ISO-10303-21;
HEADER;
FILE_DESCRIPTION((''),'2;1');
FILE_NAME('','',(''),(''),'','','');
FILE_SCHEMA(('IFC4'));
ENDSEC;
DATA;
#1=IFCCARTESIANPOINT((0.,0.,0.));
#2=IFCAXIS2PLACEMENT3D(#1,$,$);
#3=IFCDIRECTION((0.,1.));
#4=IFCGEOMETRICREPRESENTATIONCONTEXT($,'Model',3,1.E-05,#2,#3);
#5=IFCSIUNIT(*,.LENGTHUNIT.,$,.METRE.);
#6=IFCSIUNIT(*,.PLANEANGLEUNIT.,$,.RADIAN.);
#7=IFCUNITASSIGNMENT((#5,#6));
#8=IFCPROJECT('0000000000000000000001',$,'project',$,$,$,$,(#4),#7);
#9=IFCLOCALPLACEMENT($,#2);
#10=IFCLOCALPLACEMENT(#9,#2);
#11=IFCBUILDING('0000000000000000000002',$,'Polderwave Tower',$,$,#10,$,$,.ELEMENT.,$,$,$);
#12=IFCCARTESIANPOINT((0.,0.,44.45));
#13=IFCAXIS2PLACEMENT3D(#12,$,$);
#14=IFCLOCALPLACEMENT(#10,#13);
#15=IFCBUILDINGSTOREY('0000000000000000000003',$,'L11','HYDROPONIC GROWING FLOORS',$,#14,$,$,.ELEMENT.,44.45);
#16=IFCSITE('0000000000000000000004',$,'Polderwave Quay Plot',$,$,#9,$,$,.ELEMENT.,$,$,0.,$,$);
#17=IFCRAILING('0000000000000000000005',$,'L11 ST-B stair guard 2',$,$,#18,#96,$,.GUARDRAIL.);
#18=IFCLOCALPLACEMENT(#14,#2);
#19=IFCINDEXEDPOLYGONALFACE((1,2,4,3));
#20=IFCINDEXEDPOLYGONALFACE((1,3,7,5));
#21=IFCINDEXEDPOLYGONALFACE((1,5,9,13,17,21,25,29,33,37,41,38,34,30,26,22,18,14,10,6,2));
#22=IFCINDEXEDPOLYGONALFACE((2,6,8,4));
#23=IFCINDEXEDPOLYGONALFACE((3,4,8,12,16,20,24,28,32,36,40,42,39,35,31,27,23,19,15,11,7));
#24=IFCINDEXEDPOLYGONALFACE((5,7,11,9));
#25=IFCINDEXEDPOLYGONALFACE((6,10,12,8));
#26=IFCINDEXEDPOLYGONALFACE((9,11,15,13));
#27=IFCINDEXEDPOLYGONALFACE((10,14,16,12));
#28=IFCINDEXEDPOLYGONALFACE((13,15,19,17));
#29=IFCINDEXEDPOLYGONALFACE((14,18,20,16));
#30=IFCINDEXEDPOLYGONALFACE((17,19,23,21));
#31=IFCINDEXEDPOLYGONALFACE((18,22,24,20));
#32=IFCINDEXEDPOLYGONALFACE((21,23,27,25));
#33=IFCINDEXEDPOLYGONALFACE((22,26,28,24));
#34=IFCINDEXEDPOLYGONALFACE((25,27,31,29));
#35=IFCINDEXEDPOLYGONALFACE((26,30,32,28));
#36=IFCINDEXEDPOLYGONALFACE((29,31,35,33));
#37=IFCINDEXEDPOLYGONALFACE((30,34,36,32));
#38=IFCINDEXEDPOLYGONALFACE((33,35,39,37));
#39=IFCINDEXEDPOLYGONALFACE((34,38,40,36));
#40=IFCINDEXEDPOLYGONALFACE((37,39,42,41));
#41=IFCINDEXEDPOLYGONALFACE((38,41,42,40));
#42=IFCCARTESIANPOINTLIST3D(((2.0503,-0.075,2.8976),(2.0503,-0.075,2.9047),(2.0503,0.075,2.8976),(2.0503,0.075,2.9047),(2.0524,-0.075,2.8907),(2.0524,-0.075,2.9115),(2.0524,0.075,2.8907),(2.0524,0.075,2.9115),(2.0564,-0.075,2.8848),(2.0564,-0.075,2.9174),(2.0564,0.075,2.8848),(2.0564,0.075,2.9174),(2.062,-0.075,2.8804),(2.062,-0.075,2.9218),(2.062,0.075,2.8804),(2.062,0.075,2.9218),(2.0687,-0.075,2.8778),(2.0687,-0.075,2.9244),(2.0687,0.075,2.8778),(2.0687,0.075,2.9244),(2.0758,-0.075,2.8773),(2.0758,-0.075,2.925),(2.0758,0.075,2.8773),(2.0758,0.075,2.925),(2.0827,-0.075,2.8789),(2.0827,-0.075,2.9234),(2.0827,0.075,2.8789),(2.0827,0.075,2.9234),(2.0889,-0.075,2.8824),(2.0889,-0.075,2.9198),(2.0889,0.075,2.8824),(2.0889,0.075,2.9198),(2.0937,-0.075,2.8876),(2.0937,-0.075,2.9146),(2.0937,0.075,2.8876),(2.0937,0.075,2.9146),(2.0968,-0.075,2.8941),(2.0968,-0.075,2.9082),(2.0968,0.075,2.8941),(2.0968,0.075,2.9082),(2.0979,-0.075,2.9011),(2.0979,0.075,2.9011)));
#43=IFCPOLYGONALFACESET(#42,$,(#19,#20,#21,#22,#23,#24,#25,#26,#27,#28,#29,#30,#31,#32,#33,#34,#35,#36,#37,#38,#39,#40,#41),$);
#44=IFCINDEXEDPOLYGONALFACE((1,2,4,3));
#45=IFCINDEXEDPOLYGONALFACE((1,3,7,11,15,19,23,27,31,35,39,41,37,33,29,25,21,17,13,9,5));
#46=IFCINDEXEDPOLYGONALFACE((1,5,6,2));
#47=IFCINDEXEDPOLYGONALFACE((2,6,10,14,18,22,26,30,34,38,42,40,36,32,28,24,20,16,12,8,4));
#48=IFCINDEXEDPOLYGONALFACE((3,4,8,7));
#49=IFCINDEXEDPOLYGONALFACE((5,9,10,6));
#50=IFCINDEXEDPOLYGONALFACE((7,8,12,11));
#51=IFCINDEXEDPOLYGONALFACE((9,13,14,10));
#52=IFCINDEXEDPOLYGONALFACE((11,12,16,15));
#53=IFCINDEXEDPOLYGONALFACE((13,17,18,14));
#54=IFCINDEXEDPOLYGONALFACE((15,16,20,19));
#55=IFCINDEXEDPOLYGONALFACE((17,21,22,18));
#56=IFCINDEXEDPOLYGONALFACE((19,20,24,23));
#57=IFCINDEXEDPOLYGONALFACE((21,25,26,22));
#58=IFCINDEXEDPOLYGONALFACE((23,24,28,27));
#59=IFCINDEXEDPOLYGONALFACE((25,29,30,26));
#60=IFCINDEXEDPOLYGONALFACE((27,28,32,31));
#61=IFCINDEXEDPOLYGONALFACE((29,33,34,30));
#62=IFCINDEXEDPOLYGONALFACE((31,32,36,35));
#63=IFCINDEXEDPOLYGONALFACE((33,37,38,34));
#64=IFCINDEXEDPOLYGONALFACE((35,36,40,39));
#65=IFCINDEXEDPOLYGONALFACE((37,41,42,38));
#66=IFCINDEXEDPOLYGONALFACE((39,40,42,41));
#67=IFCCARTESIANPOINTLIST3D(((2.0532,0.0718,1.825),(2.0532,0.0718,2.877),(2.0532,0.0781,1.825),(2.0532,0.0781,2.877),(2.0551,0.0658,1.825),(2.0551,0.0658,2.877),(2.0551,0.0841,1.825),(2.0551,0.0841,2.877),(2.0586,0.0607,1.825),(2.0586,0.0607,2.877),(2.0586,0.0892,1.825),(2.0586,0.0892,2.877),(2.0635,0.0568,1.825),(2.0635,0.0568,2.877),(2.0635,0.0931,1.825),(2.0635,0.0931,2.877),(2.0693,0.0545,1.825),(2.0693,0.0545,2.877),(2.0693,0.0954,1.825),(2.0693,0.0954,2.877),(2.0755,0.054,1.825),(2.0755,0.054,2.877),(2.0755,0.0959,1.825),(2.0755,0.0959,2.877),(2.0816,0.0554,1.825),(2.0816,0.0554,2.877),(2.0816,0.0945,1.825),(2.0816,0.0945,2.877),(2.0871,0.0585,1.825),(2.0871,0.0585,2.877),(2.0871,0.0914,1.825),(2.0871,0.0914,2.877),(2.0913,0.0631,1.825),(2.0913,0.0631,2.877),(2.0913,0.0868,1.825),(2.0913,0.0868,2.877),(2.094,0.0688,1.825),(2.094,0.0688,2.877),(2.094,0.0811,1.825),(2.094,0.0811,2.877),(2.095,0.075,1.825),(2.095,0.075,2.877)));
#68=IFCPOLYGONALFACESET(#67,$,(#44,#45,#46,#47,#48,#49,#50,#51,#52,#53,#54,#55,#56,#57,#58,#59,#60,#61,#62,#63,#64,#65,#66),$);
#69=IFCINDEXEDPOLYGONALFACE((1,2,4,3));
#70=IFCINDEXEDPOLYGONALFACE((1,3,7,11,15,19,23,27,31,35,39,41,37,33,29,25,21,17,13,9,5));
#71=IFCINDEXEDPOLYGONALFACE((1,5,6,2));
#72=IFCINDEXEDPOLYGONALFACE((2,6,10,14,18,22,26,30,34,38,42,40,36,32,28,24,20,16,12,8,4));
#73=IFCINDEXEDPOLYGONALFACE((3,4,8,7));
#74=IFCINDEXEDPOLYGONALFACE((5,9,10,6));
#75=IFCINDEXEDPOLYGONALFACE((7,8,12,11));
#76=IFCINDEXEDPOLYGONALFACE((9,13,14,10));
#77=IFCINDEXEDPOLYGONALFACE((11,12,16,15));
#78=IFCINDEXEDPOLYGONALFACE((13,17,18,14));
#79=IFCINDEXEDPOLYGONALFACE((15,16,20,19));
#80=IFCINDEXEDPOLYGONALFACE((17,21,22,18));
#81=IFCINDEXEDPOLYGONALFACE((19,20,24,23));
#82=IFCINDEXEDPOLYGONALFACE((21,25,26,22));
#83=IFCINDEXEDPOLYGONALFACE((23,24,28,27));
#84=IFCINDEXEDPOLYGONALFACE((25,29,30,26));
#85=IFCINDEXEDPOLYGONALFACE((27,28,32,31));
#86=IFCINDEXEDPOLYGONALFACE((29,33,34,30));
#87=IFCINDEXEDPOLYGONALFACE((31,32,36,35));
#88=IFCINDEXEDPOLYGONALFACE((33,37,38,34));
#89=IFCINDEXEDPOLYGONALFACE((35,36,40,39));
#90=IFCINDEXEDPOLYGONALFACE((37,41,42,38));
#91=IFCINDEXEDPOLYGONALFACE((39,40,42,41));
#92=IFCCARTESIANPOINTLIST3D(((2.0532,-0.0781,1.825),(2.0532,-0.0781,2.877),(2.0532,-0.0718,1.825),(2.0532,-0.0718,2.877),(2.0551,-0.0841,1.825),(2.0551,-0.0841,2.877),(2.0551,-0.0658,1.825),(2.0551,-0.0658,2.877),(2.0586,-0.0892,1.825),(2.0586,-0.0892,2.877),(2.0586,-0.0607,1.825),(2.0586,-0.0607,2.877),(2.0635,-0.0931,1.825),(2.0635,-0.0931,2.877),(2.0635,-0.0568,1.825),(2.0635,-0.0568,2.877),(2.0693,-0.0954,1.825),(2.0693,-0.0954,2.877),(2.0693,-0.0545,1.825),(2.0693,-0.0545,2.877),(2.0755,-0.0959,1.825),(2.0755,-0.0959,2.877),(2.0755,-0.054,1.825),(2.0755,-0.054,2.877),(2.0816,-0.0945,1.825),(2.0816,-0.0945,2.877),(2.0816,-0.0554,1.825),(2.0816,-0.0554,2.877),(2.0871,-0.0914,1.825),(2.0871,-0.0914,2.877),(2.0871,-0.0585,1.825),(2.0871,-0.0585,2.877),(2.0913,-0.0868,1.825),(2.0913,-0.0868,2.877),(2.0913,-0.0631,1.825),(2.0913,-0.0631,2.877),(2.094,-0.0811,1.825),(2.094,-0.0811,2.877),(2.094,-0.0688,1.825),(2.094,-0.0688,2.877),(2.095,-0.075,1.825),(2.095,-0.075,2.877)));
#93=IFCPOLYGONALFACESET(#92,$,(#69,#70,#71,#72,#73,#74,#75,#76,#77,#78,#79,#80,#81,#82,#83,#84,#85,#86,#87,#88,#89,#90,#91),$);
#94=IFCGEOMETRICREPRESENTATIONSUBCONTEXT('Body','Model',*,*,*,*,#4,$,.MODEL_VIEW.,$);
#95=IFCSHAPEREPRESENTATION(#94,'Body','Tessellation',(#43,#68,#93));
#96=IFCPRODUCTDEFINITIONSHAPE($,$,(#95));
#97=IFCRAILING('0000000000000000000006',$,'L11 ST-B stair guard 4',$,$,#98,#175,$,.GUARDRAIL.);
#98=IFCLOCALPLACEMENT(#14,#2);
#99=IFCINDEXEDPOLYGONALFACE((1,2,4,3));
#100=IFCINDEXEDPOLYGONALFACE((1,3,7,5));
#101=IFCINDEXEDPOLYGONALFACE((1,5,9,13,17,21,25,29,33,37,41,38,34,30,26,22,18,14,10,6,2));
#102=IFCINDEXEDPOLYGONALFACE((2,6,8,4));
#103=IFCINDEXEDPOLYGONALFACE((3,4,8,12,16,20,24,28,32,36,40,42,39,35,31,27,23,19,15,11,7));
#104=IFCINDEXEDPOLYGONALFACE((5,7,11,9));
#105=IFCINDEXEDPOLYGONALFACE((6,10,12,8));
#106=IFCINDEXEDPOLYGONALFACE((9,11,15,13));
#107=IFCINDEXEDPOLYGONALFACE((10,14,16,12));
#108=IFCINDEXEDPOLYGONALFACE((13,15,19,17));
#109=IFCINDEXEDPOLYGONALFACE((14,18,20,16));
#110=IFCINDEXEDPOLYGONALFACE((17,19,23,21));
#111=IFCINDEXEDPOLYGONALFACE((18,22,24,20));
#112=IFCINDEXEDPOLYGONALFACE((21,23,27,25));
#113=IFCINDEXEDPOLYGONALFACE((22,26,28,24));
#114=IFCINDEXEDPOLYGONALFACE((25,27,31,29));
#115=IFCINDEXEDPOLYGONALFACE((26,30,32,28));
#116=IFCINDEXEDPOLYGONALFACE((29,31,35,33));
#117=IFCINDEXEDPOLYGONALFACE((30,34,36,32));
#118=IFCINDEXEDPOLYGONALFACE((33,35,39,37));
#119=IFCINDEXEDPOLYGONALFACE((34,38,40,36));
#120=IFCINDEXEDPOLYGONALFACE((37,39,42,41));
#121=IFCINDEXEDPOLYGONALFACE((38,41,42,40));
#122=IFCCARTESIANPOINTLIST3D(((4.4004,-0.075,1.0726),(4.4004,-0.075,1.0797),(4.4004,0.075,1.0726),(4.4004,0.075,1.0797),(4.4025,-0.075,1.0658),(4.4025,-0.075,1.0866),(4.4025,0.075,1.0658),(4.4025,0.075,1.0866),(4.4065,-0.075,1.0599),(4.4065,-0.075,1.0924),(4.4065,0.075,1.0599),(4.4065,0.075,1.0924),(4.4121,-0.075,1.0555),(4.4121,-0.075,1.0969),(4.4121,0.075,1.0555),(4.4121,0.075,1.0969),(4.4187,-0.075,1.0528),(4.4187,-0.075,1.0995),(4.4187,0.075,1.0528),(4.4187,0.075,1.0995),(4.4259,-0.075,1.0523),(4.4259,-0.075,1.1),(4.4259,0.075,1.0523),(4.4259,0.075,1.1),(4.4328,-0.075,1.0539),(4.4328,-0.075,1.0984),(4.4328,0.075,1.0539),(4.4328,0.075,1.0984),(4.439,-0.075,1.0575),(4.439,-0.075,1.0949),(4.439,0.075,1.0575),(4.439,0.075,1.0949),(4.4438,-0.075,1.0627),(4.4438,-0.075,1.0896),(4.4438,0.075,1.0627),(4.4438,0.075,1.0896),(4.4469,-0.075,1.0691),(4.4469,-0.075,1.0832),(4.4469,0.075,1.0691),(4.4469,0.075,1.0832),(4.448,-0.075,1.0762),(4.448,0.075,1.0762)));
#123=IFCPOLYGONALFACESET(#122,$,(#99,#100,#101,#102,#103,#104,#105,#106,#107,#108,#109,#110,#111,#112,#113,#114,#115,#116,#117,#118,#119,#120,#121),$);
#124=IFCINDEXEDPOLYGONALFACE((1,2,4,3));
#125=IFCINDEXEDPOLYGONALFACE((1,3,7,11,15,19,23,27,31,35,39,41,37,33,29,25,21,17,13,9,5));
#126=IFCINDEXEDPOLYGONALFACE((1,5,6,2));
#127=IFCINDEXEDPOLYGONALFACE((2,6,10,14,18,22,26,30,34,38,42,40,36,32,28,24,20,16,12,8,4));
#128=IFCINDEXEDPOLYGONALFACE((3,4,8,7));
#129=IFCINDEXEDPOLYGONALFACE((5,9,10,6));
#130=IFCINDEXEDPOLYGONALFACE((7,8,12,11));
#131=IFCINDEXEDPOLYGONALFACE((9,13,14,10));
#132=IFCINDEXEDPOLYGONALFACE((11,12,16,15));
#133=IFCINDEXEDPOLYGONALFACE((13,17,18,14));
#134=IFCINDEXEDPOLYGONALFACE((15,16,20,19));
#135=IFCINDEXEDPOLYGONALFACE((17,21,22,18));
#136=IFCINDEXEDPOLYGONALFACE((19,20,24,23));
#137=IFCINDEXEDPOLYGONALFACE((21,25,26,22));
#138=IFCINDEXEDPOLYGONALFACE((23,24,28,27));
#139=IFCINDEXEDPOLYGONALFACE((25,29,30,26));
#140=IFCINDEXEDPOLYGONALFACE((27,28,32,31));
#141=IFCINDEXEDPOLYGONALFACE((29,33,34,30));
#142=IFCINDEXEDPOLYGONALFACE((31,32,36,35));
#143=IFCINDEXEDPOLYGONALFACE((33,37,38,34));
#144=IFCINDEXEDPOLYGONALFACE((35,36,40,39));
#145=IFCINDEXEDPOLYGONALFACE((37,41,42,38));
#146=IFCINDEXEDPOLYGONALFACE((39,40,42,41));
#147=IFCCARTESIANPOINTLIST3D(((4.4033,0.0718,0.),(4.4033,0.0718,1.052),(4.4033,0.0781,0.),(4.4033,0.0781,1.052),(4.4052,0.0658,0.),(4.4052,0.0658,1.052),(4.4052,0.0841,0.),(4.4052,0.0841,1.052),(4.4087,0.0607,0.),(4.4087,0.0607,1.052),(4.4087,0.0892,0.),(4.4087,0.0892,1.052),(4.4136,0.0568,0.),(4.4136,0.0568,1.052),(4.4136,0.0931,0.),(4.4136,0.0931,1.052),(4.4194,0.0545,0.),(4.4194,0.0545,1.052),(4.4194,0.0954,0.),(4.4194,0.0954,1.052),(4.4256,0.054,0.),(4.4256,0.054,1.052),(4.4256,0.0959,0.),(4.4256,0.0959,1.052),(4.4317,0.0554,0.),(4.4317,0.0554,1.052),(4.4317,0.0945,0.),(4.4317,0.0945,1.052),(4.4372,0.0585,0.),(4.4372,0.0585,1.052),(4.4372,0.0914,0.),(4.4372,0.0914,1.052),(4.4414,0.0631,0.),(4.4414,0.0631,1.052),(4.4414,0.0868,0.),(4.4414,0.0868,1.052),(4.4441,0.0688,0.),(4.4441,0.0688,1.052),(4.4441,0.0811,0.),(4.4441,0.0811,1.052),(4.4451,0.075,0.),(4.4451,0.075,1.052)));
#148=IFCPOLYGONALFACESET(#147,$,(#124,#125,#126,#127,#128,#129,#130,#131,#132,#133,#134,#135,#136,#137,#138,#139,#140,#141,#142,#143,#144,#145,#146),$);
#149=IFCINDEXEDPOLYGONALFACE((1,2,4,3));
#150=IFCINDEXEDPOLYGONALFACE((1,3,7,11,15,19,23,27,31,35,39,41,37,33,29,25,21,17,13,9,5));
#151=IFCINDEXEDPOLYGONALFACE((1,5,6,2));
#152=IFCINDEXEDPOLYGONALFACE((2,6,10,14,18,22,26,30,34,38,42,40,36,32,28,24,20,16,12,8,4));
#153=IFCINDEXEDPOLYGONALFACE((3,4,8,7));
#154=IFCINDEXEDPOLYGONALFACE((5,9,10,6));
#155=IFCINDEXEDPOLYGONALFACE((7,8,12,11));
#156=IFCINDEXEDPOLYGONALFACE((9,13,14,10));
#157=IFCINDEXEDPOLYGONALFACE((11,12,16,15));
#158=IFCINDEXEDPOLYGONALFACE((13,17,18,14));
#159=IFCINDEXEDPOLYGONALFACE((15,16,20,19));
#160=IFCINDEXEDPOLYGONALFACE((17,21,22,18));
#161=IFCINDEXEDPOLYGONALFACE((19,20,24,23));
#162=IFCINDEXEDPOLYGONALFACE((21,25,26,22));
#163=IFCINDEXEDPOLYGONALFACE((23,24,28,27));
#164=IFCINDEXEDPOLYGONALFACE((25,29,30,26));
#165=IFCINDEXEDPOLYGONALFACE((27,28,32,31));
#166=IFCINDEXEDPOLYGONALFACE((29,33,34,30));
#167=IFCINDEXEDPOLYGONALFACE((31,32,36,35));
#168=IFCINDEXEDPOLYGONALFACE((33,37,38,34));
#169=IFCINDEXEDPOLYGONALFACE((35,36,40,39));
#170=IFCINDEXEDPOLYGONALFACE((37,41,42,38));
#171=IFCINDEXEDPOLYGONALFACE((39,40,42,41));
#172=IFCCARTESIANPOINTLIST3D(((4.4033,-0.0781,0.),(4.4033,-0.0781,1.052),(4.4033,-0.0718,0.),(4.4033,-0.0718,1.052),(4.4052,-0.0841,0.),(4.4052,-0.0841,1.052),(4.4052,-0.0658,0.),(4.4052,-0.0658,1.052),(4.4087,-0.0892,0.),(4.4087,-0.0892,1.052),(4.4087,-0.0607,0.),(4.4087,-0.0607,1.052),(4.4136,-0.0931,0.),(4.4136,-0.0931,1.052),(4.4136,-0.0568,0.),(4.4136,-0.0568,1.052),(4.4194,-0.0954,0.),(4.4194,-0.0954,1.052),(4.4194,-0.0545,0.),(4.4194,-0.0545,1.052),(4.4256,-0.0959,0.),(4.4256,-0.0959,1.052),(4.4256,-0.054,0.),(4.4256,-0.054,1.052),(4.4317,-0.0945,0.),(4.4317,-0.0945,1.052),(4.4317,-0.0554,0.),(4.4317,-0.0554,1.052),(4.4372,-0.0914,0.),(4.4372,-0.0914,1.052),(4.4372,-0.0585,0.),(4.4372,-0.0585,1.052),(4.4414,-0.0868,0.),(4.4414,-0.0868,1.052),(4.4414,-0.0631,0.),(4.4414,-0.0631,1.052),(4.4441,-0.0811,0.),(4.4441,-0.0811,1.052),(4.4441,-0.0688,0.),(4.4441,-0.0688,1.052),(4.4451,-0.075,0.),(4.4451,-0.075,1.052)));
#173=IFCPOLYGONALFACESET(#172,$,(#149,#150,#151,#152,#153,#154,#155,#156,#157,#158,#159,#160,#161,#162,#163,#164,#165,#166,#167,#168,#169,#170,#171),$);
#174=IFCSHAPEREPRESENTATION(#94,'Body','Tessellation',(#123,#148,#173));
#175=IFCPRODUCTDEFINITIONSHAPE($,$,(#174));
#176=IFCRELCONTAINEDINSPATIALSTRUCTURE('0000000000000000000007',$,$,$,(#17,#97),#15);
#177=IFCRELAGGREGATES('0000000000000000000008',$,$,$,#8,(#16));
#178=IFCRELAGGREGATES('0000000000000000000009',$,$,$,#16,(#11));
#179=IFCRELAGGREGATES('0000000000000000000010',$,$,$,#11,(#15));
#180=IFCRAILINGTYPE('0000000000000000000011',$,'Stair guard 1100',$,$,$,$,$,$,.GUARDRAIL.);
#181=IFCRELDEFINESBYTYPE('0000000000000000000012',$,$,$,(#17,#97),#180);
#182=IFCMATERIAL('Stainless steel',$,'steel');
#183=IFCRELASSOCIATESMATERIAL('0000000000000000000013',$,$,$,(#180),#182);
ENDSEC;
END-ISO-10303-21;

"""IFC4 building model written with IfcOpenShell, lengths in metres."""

from ifc_helpers import new_model, si_unit, direction, frame, origin, origin_2d, place, context, subcontext, project, spatial, circle, extrude, material, type_object, element, save


model = new_model("IFC4")

# Units and contexts
model_context = context("Model", 3, precision=1e-05, world=origin(), true_north=direction((0.0, 1.0)))
body_context = subcontext(model_context, "Body", "Model", "MODEL_VIEW")
ifc_project = project(units=[si_unit("LENGTHUNIT", "METRE"), si_unit("PLANEANGLEUNIT", "RADIAN")], contexts=[model_context])

# Site, building, storey
site_placement = place(None, origin())
site = spatial("IfcSite", under=ifc_project, at=site_placement, Name="Polderwave Quay Plot", CompositionType="ELEMENT", RefElevation=0.0)
building_placement = place(site_placement, origin())
building = spatial("IfcBuilding", under=site, at=building_placement, Name="Polderwave Tower", CompositionType="ELEMENT")
storey_placement = place(building_placement, frame((0.0, 0.0, 44.45)))
storey = spatial("IfcBuildingStorey", under=building, at=storey_placement, Name="L11", Description="HYDROPONIC GROWING FLOORS", CompositionType="ELEMENT", Elevation=44.45)

# Railings
ifc_material_1 = material(Name="Stainless steel", Category="steel")
railing_type_1 = type_object("IfcRailingType", Name="Stair guard 1100", PredefinedType="GUARDRAIL", material=ifc_material_1)
for number, where, name in (
    (1, (2.074, 0.075, 1.825), "L11 ST-B stair guard 2"),
    (2, (4.4241, 0.075, 0.0), "L11 ST-B stair guard 4"),
):
    element("IfcRailing", number, at=place(storey_placement, frame(where)), inside=storey, type_object=railing_type_1, Name=name, PredefinedType="GUARDRAIL", context=body_context, shape_type="SweptSolid", body=[
        extrude(circle(Radius=0.0239, at=origin_2d()), frame((0.0, 0.0, 1.0762), z_axis=(0.0, -1.0, 0.0), x_axis=(1.0, 0.0, 0.0)), (0.0, 0.0, 1.0), 0.1499),
        extrude(circle(Radius=0.021, at=origin_2d()), origin(), (0.0, 0.0, 1.0), 1.052),
        extrude(circle(Radius=0.021, at=origin_2d()), frame((0.0, -0.1499, 0.0)), (0.0, 0.0, 1.0), 1.052),
    ])

save(model, "model.ifc")
